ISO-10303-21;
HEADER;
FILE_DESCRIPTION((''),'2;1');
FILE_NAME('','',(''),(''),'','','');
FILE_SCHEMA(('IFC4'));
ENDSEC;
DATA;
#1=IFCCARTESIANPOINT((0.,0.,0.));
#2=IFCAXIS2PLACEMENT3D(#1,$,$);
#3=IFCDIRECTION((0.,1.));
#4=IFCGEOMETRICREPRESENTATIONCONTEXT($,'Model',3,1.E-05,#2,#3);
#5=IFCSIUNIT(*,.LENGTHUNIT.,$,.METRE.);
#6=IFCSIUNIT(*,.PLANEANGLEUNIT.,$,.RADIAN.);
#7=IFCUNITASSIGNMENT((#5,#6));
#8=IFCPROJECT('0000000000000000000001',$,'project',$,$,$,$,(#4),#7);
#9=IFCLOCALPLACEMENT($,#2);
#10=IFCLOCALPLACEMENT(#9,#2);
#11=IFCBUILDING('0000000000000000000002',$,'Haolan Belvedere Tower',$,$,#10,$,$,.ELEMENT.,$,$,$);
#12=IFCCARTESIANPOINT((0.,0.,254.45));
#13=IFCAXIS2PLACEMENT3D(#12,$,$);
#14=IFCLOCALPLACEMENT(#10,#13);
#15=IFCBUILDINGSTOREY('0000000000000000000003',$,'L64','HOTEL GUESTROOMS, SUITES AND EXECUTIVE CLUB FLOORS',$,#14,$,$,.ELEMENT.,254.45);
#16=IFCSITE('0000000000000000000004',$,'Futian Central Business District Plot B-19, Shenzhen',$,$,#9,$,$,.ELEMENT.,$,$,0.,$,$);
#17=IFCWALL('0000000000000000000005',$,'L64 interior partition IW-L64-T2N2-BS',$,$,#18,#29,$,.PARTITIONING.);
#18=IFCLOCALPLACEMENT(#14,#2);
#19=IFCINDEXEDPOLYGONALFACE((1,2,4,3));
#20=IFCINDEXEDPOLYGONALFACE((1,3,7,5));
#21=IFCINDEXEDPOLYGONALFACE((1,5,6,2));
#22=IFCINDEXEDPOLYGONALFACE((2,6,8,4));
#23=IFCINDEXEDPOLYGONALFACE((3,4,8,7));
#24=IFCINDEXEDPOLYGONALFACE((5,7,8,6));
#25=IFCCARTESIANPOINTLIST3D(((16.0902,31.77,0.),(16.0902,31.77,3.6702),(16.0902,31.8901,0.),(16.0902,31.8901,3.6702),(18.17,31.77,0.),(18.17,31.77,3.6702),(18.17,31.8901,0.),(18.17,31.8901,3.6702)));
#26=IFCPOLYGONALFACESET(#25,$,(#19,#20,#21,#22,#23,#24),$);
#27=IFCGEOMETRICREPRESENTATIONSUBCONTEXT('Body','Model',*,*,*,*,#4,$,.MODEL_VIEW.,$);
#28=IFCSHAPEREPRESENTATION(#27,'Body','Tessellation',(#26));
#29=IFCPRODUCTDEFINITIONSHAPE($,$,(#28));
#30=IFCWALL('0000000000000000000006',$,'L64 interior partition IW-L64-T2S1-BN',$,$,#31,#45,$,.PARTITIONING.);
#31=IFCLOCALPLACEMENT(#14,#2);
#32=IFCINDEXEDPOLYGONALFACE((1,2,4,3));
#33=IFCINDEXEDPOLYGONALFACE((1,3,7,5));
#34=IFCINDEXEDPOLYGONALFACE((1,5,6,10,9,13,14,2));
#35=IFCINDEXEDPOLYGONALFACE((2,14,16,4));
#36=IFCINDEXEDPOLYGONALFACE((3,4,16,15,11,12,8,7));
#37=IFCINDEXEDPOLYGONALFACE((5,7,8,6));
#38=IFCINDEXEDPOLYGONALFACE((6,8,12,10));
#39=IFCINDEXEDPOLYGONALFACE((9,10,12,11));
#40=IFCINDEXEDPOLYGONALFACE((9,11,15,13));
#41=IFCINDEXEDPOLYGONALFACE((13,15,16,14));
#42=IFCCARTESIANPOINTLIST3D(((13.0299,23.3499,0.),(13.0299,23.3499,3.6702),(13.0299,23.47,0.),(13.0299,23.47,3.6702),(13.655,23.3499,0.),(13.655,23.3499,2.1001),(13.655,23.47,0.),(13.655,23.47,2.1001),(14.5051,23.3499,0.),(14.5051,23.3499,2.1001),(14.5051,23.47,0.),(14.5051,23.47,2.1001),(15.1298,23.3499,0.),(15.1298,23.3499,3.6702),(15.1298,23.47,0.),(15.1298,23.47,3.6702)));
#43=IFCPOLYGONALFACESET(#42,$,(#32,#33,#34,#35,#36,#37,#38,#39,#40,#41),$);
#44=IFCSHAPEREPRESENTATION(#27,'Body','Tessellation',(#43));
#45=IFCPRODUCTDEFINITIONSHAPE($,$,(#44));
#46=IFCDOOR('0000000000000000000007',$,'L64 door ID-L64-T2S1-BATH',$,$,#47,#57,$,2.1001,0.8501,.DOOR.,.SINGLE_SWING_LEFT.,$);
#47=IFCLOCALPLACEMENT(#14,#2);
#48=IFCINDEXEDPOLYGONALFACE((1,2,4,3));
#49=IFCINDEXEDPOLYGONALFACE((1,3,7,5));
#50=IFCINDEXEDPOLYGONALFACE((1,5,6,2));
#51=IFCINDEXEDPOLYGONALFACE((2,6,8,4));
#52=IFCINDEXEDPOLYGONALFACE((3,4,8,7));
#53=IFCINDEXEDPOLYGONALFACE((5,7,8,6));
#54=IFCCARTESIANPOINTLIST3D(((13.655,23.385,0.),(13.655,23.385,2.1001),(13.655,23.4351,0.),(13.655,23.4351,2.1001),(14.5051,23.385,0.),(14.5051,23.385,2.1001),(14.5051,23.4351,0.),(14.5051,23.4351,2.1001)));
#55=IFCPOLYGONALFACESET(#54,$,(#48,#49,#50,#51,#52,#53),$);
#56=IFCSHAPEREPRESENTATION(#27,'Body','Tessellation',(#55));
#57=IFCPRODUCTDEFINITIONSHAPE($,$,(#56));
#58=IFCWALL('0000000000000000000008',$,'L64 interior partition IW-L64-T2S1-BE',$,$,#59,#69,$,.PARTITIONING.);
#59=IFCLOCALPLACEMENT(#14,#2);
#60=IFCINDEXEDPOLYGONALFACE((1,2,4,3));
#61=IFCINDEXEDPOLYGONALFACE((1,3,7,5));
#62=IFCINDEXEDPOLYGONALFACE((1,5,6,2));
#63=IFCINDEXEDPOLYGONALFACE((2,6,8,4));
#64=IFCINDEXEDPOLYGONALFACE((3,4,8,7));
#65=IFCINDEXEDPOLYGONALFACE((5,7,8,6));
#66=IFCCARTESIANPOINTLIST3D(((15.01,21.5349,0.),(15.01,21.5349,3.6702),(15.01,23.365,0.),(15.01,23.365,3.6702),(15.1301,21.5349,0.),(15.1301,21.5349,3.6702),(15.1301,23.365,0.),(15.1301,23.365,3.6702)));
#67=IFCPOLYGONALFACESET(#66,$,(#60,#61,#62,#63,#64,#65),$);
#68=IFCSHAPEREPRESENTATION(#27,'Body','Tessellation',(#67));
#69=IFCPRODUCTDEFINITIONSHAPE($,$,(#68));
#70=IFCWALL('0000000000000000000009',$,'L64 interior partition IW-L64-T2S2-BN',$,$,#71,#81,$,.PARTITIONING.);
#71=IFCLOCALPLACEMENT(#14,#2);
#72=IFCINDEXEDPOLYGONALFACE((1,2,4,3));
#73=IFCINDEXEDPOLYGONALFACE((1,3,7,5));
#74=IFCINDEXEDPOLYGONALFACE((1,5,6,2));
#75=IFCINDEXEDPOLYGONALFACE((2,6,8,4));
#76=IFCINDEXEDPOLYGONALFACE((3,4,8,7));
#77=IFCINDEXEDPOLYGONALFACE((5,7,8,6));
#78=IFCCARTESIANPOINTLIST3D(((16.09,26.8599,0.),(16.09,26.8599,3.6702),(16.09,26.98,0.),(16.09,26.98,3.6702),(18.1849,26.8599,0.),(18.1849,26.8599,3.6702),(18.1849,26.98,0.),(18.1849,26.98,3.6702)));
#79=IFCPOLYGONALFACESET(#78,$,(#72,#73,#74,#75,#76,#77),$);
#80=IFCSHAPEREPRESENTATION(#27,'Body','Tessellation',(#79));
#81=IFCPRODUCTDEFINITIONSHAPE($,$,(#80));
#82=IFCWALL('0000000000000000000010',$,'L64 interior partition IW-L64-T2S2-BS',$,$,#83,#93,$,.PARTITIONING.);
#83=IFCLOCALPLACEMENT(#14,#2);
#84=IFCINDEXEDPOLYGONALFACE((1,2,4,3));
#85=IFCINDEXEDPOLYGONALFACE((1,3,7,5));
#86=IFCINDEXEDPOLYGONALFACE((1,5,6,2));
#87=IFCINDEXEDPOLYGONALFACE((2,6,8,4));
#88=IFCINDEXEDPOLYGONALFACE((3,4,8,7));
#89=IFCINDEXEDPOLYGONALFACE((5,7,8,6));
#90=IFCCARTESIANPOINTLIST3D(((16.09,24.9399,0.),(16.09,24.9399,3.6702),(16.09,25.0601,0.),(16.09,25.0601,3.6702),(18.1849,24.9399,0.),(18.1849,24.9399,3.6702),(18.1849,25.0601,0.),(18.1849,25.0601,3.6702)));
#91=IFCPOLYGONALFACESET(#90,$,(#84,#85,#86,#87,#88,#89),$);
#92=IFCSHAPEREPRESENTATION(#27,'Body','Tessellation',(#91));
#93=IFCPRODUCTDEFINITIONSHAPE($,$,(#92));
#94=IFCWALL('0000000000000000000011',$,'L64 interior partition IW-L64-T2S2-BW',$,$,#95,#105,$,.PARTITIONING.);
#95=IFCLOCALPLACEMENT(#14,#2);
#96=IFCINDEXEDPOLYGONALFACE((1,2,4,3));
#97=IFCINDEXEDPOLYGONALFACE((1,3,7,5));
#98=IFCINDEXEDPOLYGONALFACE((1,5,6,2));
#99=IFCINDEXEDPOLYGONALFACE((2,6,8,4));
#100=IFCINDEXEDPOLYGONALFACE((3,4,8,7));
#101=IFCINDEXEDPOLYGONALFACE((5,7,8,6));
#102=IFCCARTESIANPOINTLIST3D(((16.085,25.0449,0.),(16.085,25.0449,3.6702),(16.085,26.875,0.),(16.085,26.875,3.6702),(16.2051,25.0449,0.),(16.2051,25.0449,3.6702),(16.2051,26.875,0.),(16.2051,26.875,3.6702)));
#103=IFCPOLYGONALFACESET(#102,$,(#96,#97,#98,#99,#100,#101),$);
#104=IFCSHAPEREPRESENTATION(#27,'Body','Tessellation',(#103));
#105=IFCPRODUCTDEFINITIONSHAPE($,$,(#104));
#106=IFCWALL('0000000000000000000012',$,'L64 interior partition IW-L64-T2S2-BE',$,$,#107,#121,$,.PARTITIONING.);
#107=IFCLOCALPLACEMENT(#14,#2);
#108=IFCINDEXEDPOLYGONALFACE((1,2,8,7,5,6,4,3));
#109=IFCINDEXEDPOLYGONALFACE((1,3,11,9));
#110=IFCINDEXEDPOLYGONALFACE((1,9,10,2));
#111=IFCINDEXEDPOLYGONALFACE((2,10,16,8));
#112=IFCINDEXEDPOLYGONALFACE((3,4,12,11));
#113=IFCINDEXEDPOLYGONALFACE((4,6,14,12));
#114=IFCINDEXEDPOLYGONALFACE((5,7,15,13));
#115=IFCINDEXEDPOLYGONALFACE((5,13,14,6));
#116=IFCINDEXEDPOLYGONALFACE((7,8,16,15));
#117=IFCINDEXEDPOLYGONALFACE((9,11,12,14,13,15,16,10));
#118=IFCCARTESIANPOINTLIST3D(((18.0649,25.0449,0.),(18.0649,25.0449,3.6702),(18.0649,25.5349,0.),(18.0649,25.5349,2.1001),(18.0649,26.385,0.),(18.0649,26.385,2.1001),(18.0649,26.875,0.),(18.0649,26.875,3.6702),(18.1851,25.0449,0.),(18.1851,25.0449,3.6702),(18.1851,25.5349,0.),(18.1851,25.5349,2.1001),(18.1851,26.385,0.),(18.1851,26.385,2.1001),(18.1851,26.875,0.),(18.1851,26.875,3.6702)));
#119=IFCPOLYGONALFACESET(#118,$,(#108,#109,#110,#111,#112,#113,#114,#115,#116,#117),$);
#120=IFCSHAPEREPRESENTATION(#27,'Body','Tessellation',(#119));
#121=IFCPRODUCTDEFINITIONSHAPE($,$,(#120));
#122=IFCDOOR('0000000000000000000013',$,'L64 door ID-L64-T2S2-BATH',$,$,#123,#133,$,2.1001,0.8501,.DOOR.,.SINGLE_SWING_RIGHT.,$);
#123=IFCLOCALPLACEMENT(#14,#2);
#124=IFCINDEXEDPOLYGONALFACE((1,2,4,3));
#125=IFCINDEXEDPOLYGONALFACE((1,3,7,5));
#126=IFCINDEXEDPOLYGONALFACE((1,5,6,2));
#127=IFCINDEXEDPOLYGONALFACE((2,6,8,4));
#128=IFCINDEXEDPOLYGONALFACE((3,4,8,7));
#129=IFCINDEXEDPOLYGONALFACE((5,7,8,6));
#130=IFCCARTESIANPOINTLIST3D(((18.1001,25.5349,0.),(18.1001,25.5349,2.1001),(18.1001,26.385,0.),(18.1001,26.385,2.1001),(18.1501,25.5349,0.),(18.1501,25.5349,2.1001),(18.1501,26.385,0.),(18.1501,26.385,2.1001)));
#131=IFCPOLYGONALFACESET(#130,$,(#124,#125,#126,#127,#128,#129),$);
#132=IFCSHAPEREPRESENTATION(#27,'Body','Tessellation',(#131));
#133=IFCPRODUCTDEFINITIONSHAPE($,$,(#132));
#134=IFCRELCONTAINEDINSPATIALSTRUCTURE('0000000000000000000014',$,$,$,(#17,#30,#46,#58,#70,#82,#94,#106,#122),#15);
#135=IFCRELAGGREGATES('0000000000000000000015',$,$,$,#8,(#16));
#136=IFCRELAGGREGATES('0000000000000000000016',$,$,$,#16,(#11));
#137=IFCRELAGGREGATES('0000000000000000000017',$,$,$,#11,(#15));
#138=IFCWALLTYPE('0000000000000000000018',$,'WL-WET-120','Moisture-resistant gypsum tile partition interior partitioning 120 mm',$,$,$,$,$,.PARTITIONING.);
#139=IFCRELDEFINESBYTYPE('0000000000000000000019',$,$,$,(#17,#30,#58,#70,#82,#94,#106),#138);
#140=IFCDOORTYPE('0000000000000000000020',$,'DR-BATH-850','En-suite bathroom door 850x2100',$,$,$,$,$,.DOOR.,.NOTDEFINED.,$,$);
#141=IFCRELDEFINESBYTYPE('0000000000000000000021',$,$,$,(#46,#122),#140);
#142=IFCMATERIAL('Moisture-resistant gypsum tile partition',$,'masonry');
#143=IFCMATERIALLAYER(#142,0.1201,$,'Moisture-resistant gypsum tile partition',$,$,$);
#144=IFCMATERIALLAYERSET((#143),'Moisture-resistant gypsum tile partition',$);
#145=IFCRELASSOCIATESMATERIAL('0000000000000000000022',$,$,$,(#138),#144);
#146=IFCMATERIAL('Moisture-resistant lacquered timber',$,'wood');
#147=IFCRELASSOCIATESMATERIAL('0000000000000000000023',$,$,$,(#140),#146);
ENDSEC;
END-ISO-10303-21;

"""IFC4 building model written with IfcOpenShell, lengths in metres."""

from ifc_helpers import new_model, si_unit, direction, frame, frame_2d, origin, place, context, subcontext, project, spatial, rectangle, extrude, material, layer, layer_set, type_object, element, fill, save


model = new_model("IFC4")

# Units and contexts
model_context = context("Model", 3, precision=1e-05, world=origin(), true_north=direction((0.0, 1.0)))
body_context = subcontext(model_context, "Body", "Model", "MODEL_VIEW")
ifc_project = project(units=[si_unit("LENGTHUNIT", "METRE"), si_unit("PLANEANGLEUNIT", "RADIAN")], contexts=[model_context])

# Site, building, storey
site_placement = place(None, origin())
site = spatial("IfcSite", under=ifc_project, at=site_placement, Name="Futian Central Business District Plot B-19, Shenzhen", CompositionType="ELEMENT", RefElevation=0.0)
building_placement = place(site_placement, origin())
building = spatial("IfcBuilding", under=site, at=building_placement, Name="Haolan Belvedere Tower", CompositionType="ELEMENT")
storey_placement = place(building_placement, frame((0.0, 0.0, 254.45)))
storey = spatial("IfcBuildingStorey", under=building, at=storey_placement, Name="L64", Description="HOTEL GUESTROOMS, SUITES AND EXECUTIVE CLUB FLOORS", CompositionType="ELEMENT", Elevation=254.45)

# Shared definitions
ifc_material_1 = material(Name="Moisture-resistant gypsum tile partition", Category="masonry")
ifc_layer_1 = layer(ifc_material_1, 0.1201, Name="Moisture-resistant gypsum tile partition")
ifc_layer_set_1 = layer_set([ifc_layer_1], Name="Moisture-resistant gypsum tile partition")
wall_type_1 = type_object("IfcWallType", Name="WL-WET-120", Description="Moisture-resistant gypsum tile partition interior partitioning 120 mm", PredefinedType="PARTITIONING", material=ifc_layer_set_1)

# Shared definitions
ifc_material_2 = material(Name="Moisture-resistant lacquered timber", Category="wood")
door_type_1 = type_object("IfcDoorType", Name="DR-BATH-850", Description="En-suite bathroom door 850x2100", OperationType="NOTDEFINED", PredefinedType="DOOR", material=ifc_material_2)

# Wall
wall_1_placement = place(storey_placement, frame((16.0901, 31.8301, 0.0), z_axis=(0.0, 0.0, 1.0), x_axis=(1.0, 0.0, 0.0)))
element("IfcWall", 1, at=wall_1_placement, inside=storey, type_object=wall_type_1, Name="L64 interior partition IW-L64-T2N2-BS", PredefinedType="PARTITIONING", context=body_context, shape_type="SweptSolid", body=[
    extrude(rectangle(XDim=2.0798, YDim=0.1201, at=frame_2d((1.04, 0.0))), origin(), (0.0, 0.0, 1.0), 3.6702),
])

# Wall, opening, door
wall_2_placement = place(storey_placement, frame((13.03, 23.4099, 0.0), z_axis=(0.0, 0.0, 1.0), x_axis=(1.0, 0.0, 0.0)))
wall_2 = element("IfcWall", 2, at=wall_2_placement, inside=storey, type_object=wall_type_1, Name="L64 interior partition IW-L64-T2S1-BN", PredefinedType="PARTITIONING", context=body_context, shape_type="SweptSolid", body=[
    extrude(rectangle(XDim=2.0999, YDim=0.1201, at=frame_2d((1.0498, 0.0))), origin(), (0.0, 0.0, 1.0), 3.6702),
])
opening_1_placement = place(wall_2_placement, frame((1.4751, 0.0, 0.0), z_axis=(0.0, 0.0, 1.0), x_axis=(-1.0, 0.0, 0.0)))
opening_1 = element("IfcOpeningElement", 3, at=opening_1_placement, cuts=wall_2, PredefinedType="OPENING", context=body_context, shape_type="SweptSolid", body=[
    extrude(rectangle(XDim=0.8501, YDim=2.1001, at=frame_2d((0.425, 1.05))), frame((0.0, 0.0701, 0.0), z_axis=(0.0, -1.0, 0.0), x_axis=(1.0, 0.0, 0.0)), (0.0, 0.0, 1.0), 0.1401),
])
door_1_placement = place(opening_1_placement, origin())
door_1 = element("IfcDoor", 4, at=door_1_placement, inside=storey, type_object=door_type_1, Name="L64 door ID-L64-T2S1-BATH", OperationType="SINGLE_SWING_LEFT", OverallHeight=2.1001, OverallWidth=0.8501, PredefinedType="DOOR", context=body_context, shape_type="SweptSolid", body=[
    extrude(rectangle(XDim=0.8501, YDim=2.1001, at=frame_2d((0.425, 1.05))), frame((0.0, 0.0249, 0.0), z_axis=(0.0, -1.0, 0.0), x_axis=(1.0, 0.0, 0.0)), (0.0, 0.0, 1.0), 0.05),
])
fill(opening_1, door_1)

# Walls
wall_3_placement = place(storey_placement, frame((15.0701, 21.5349, 0.0), z_axis=(0.0, 0.0, 1.0), x_axis=(0.0, 1.0, 0.0)))
element("IfcWall", 5, at=wall_3_placement, inside=storey, type_object=wall_type_1, Name="L64 interior partition IW-L64-T2S1-BE", PredefinedType="PARTITIONING", context=body_context, shape_type="SweptSolid", body=[
    extrude(rectangle(XDim=1.8301, YDim=0.1201, at=frame_2d((0.915, 0.0))), origin(), (0.0, 0.0, 1.0), 3.6702),
])
for number, where, z_axis, x_axis, name in (
    (6, (16.0901, 26.9199, 0.0), (0.0, 0.0, 1.0), (1.0, 0.0, 0.0), "L64 interior partition IW-L64-T2S2-BN"),
    (7, (16.0901, 25.0, 0.0), (0.0, 0.0, 1.0), (1.0, 0.0, 0.0), "L64 interior partition IW-L64-T2S2-BS"),
):
    element("IfcWall", number, at=place(storey_placement, frame(where, z_axis=z_axis, x_axis=x_axis)), inside=storey, type_object=wall_type_1, Name=name, PredefinedType="PARTITIONING", context=body_context, shape_type="SweptSolid", body=[
        extrude(rectangle(XDim=2.095, YDim=0.1201, at=frame_2d((1.0474, 0.0))), origin(), (0.0, 0.0, 1.0), 3.6702),
    ])
wall_4_placement = place(storey_placement, frame((16.145, 25.0449, 0.0), z_axis=(0.0, 0.0, 1.0), x_axis=(0.0, 1.0, 0.0)))
element("IfcWall", 8, at=wall_4_placement, inside=storey, type_object=wall_type_1, Name="L64 interior partition IW-L64-T2S2-BW", PredefinedType="PARTITIONING", context=body_context, shape_type="SweptSolid", body=[
    extrude(rectangle(XDim=1.8301, YDim=0.1201, at=frame_2d((0.915, 0.0))), origin(), (0.0, 0.0, 1.0), 3.6702),
])

# Wall, opening, door
wall_5_placement = place(storey_placement, frame((18.125, 25.0449, 0.0), z_axis=(0.0, 0.0, 1.0), x_axis=(0.0, 1.0, 0.0)))
wall_5 = element("IfcWall", 9, at=wall_5_placement, inside=storey, type_object=wall_type_1, Name="L64 interior partition IW-L64-T2S2-BE", PredefinedType="PARTITIONING", context=body_context, shape_type="SweptSolid", body=[
    extrude(rectangle(XDim=1.8301, YDim=0.1201, at=frame_2d((0.915, 0.0))), origin(), (0.0, 0.0, 1.0), 3.6702),
])
opening_2_placement = place(wall_5_placement, frame((0.49, 0.0, 0.0)))
opening_2 = element("IfcOpeningElement", 10, at=opening_2_placement, cuts=wall_5, PredefinedType="OPENING", context=body_context, shape_type="SweptSolid", body=[
    extrude(rectangle(XDim=0.8501, YDim=2.1001, at=frame_2d((0.425, 1.05))), frame((0.0, 0.0701, 0.0), z_axis=(0.0, -1.0, 0.0), x_axis=(1.0, 0.0, 0.0)), (0.0, 0.0, 1.0), 0.1401),
])
door_2_placement = place(opening_2_placement, origin())
door_2 = element("IfcDoor", 11, at=door_2_placement, inside=storey, type_object=door_type_1, Name="L64 door ID-L64-T2S2-BATH", OperationType="SINGLE_SWING_RIGHT", OverallHeight=2.1001, OverallWidth=0.8501, PredefinedType="DOOR", context=body_context, shape_type="SweptSolid", body=[
    extrude(rectangle(XDim=0.8501, YDim=2.1001, at=frame_2d((0.425, 1.05))), frame((0.0, 0.0249, 0.0), z_axis=(0.0, -1.0, 0.0), x_axis=(1.0, 0.0, 0.0)), (0.0, 0.0, 1.0), 0.05),
])
fill(opening_2, door_2)

save(model, "model.ifc")
